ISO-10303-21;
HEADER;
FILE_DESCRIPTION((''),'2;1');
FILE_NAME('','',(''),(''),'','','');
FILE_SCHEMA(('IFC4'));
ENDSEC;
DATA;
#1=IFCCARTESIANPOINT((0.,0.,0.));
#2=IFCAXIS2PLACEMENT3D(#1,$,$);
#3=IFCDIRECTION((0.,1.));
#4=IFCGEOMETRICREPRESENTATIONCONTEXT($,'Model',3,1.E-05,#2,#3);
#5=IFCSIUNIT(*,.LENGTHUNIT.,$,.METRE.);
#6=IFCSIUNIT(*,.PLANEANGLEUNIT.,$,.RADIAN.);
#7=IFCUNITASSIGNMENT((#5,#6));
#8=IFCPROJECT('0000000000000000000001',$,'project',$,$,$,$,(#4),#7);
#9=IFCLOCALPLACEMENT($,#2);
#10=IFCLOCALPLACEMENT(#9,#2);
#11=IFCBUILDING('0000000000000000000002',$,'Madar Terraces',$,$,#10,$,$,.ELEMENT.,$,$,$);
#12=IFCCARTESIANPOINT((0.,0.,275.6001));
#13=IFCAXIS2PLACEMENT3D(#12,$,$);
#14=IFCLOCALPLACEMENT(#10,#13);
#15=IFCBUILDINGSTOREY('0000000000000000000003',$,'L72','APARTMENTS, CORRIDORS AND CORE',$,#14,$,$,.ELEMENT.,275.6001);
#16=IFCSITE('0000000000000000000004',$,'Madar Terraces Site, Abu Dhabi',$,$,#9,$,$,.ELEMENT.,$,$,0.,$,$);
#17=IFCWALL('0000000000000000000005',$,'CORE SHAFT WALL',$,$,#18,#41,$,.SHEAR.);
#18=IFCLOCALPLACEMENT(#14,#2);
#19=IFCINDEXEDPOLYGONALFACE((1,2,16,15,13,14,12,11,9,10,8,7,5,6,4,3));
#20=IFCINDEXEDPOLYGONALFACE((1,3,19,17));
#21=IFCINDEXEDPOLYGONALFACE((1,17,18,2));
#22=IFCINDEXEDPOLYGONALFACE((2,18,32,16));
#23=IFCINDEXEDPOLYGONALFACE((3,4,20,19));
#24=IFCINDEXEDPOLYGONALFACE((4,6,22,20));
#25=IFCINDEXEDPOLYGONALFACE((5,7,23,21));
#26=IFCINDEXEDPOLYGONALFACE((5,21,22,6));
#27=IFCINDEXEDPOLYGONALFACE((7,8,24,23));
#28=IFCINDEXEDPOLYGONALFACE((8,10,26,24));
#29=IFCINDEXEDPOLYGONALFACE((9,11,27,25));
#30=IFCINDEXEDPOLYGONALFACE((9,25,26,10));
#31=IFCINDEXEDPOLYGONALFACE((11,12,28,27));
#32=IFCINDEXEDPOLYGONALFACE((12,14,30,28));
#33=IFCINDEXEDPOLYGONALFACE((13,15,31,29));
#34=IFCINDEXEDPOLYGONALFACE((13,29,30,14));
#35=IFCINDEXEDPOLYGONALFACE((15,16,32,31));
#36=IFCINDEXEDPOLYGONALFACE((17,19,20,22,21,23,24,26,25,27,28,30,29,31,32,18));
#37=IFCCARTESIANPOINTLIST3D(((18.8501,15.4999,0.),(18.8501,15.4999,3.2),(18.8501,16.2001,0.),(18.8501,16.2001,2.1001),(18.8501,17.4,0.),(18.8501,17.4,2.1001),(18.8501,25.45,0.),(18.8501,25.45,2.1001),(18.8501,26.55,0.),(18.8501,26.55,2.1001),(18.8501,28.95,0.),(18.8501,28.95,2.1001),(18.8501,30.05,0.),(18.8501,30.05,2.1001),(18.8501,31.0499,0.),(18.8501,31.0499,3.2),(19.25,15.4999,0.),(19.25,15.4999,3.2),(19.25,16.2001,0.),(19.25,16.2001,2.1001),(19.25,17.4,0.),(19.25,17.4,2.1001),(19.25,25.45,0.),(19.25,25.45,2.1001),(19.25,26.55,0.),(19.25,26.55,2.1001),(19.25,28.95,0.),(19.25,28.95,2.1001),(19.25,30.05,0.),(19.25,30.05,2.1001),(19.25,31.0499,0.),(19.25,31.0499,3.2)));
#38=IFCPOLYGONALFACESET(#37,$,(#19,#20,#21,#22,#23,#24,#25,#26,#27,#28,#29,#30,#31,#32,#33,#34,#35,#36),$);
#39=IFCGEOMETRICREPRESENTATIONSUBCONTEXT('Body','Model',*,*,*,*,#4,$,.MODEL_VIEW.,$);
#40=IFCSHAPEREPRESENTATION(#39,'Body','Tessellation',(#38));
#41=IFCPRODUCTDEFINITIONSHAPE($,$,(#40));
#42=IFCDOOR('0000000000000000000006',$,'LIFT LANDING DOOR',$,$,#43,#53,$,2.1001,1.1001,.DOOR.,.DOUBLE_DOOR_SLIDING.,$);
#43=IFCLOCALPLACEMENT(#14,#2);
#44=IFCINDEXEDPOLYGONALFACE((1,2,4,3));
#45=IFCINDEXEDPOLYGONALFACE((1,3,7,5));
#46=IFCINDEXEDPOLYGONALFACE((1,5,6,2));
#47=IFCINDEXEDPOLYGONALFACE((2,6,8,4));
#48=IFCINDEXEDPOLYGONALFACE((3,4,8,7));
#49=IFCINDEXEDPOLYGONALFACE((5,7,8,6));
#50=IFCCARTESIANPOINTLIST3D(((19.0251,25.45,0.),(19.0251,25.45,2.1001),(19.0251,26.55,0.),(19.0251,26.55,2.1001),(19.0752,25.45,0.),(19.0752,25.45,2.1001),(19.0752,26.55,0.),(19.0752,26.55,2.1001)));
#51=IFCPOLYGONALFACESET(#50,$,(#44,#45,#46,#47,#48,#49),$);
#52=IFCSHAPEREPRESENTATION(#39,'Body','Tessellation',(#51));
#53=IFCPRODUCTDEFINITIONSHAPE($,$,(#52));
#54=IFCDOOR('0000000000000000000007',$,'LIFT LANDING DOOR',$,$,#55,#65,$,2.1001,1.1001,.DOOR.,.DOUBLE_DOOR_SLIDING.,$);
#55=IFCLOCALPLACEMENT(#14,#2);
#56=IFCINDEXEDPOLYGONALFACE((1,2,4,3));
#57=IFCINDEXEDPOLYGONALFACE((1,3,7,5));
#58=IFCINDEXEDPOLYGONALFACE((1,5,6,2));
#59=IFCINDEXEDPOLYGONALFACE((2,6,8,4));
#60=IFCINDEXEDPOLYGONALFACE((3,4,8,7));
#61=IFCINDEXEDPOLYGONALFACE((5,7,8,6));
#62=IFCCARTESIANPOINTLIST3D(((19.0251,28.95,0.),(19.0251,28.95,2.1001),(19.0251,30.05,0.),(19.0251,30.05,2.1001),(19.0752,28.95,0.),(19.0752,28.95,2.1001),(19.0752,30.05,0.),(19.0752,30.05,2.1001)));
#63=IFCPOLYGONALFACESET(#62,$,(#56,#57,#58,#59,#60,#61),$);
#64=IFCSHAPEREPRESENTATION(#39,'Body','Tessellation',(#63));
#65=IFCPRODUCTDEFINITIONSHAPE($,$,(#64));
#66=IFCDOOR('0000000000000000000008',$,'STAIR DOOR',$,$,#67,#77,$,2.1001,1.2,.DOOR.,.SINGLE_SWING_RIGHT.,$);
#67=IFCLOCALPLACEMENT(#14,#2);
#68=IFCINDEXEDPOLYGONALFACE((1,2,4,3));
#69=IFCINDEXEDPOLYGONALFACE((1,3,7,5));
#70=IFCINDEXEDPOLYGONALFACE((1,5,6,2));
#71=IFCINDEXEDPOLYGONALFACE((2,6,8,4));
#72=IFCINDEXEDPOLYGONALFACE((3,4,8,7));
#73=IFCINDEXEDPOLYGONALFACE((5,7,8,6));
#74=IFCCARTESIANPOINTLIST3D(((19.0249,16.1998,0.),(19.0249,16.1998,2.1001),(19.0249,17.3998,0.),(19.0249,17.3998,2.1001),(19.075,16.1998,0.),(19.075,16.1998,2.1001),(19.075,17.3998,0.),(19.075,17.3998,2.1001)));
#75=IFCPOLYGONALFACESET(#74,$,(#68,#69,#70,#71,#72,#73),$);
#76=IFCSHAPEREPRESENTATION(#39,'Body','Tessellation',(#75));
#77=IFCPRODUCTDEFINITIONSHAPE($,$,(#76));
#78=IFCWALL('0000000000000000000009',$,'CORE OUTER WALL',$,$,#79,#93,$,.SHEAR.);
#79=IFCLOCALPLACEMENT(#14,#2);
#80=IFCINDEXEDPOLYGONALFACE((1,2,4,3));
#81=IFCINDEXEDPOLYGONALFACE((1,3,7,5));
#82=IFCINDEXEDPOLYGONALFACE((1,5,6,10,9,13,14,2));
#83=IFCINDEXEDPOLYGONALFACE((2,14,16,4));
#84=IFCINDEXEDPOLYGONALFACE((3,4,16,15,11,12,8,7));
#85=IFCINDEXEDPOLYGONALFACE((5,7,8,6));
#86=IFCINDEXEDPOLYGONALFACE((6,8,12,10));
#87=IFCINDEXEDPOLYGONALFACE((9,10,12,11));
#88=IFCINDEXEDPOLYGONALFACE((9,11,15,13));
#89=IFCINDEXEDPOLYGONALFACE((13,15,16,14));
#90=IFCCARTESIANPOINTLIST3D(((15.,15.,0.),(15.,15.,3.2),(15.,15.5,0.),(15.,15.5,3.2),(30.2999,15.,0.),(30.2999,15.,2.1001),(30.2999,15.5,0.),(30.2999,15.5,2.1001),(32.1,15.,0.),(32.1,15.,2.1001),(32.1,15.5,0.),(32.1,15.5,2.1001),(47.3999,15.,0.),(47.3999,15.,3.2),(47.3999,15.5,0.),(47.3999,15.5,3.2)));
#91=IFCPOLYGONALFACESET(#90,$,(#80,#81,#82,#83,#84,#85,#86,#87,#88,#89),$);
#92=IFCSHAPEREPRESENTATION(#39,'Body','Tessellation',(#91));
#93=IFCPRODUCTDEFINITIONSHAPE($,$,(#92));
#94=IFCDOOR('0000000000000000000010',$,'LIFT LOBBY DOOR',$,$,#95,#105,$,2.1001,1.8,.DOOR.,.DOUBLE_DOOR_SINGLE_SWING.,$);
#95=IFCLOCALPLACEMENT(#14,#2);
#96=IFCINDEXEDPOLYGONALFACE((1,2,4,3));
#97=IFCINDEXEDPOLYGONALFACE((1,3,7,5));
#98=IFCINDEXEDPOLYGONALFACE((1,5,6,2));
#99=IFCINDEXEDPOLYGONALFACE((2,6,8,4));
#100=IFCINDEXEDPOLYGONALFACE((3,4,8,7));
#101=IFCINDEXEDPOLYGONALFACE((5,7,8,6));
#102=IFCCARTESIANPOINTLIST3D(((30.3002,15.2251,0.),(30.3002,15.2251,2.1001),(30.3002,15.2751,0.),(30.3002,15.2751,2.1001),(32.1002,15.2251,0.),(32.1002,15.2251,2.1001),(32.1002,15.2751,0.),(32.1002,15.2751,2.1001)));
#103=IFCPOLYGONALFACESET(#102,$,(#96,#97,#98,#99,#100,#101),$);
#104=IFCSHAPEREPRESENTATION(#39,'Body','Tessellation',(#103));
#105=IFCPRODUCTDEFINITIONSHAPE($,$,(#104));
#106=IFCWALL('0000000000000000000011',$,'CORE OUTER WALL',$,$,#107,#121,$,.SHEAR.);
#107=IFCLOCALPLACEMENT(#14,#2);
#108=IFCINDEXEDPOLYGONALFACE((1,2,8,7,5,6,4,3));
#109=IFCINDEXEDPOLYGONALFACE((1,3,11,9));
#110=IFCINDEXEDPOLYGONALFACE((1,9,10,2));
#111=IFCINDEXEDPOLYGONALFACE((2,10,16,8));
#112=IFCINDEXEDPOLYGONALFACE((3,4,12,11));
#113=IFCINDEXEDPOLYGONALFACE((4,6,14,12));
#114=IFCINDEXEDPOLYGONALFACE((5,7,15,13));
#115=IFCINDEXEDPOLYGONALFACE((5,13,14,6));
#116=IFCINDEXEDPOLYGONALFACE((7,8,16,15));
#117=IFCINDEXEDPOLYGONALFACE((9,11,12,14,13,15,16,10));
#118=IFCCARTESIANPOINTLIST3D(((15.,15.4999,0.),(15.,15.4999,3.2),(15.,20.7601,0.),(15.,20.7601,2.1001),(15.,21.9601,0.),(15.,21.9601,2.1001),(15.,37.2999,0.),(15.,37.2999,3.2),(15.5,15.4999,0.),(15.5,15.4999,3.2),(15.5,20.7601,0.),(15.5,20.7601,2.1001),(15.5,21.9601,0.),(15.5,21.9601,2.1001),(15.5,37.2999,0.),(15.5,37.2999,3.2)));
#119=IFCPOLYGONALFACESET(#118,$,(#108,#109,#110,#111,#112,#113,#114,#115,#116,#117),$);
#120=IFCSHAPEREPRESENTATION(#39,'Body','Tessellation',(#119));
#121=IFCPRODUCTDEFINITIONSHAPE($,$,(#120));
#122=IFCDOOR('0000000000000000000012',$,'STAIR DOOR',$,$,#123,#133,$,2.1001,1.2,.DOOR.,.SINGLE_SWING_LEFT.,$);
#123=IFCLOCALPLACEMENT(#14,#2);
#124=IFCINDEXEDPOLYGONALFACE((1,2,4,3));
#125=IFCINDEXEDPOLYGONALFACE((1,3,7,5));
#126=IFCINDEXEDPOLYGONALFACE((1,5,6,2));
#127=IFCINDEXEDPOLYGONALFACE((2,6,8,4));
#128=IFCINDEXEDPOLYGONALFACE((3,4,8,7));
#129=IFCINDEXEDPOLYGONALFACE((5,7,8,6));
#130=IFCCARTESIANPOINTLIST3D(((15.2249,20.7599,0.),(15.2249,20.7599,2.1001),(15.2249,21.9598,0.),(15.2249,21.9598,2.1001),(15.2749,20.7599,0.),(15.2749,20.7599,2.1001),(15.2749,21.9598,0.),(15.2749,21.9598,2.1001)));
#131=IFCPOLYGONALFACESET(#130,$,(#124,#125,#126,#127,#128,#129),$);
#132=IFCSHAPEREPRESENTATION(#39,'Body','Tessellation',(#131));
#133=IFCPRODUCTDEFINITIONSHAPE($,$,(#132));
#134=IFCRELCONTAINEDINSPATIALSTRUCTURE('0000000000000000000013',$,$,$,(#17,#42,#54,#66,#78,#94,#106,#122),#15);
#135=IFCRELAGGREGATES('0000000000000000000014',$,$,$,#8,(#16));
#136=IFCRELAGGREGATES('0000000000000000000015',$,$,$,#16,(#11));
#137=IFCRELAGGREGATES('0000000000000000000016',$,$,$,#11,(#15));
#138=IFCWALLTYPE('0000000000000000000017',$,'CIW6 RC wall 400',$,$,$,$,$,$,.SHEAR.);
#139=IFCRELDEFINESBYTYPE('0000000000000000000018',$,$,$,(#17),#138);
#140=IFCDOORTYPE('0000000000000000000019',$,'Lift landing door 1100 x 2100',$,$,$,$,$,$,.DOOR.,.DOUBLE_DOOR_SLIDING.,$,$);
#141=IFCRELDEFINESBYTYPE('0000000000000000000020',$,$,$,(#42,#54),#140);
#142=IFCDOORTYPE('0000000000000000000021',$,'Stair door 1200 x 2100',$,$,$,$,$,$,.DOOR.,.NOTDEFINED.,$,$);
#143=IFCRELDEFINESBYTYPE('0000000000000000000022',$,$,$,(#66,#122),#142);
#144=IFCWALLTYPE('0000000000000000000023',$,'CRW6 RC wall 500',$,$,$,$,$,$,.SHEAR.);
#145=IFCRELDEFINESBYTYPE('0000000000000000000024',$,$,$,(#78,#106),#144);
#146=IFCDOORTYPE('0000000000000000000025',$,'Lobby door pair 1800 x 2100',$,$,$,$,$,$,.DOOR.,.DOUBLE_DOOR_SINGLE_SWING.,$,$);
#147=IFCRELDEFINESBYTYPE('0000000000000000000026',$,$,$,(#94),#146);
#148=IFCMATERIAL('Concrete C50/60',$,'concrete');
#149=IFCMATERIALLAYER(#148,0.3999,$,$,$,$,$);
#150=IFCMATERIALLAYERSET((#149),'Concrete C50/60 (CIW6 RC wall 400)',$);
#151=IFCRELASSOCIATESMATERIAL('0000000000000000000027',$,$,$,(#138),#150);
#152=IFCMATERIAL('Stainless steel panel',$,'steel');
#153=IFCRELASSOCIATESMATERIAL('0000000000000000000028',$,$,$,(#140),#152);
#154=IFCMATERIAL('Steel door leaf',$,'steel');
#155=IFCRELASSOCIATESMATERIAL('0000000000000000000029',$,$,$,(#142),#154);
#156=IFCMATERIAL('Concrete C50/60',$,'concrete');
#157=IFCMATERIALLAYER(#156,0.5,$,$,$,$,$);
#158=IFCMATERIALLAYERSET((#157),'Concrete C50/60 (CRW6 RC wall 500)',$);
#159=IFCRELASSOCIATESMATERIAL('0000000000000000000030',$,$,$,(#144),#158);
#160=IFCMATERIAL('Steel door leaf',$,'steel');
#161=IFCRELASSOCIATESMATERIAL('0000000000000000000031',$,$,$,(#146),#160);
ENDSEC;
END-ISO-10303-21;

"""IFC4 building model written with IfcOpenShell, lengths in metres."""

from ifc_helpers import new_model, si_unit, direction, frame, frame_2d, origin, place, context, subcontext, project, spatial, rectangle, extrude, material, layer, layer_set, type_object, element, fill, save


model = new_model("IFC4")

# Units and contexts
model_context = context("Model", 3, precision=1e-05, world=origin(), true_north=direction((0.0, 1.0)))
body_context = subcontext(model_context, "Body", "Model", "MODEL_VIEW")
ifc_project = project(units=[si_unit("LENGTHUNIT", "METRE"), si_unit("PLANEANGLEUNIT", "RADIAN")], contexts=[model_context])

# Site, building, storey
site_placement = place(None, origin())
site = spatial("IfcSite", under=ifc_project, at=site_placement, Name="Madar Terraces Site, Abu Dhabi", CompositionType="ELEMENT", RefElevation=0.0)
building_placement = place(site_placement, origin())
building = spatial("IfcBuilding", under=site, at=building_placement, Name="Madar Terraces", CompositionType="ELEMENT")
storey_placement = place(building_placement, frame((0.0, 0.0, 275.6001)))
storey = spatial("IfcBuildingStorey", under=building, at=storey_placement, Name="L72", Description="APARTMENTS, CORRIDORS AND CORE", CompositionType="ELEMENT", Elevation=275.6001)

# Wall, openings, doors
ifc_material_1 = material(Name="Concrete C50/60", Category="concrete")
ifc_layer_1 = layer(ifc_material_1, 0.3999)
ifc_layer_set_1 = layer_set([ifc_layer_1], Name="Concrete C50/60 (CIW6 RC wall 400)")
wall_type_1 = type_object("IfcWallType", Name="CIW6 RC wall 400", PredefinedType="SHEAR", material=ifc_layer_set_1)
wall_1_placement = place(storey_placement, frame((19.05, 15.5, 0.0), z_axis=(0.0, 0.0, 1.0), x_axis=(0.0, 1.0, 0.0)))
wall_1 = element("IfcWall", 1, at=wall_1_placement, inside=storey, type_object=wall_type_1, Name="CORE SHAFT WALL", PredefinedType="SHEAR", context=body_context, shape_type="SweptSolid", body=[
    extrude(rectangle(XDim=15.55, YDim=0.3999, at=frame_2d((7.7749, 0.0))), origin(), (0.0, 0.0, 1.0), 3.2),
])
opening_1_placement = place(wall_1_placement, frame((9.95, 0.0, 0.0)))
opening_1 = element("IfcOpeningElement", 2, at=opening_1_placement, cuts=wall_1, PredefinedType="OPENING", context=body_context, shape_type="SweptSolid", body=[
    extrude(rectangle(XDim=1.1001, YDim=2.1001, at=frame_2d((0.55, 1.05))), frame((0.0, 0.21, 0.0), z_axis=(0.0, -1.0, 0.0), x_axis=(1.0, 0.0, 0.0)), (0.0, 0.0, 1.0), 0.4199),
])
opening_2_placement = place(wall_1_placement, frame((13.45, 0.0, 0.0)))
opening_2 = element("IfcOpeningElement", 3, at=opening_2_placement, cuts=wall_1, PredefinedType="OPENING", context=body_context, shape_type="SweptSolid", body=[
    extrude(rectangle(XDim=1.1001, YDim=2.1001, at=frame_2d((0.55, 1.05))), frame((0.0, 0.21, 0.0), z_axis=(0.0, -1.0, 0.0), x_axis=(1.0, 0.0, 0.0)), (0.0, 0.0, 1.0), 0.4199),
])
opening_3_placement = place(wall_1_placement, frame((0.7, 0.0, 0.0)))
opening_3 = element("IfcOpeningElement", 4, at=opening_3_placement, cuts=wall_1, PredefinedType="OPENING", context=body_context, shape_type="SweptSolid", body=[
    extrude(rectangle(XDim=1.2, YDim=2.1001, at=frame_2d((0.6001, 1.05))), frame((0.0, 0.21, 0.0), z_axis=(0.0, -1.0, 0.0), x_axis=(1.0, 0.0, 0.0)), (0.0, 0.0, 1.0), 0.4199),
])
ifc_material_2 = material(Name="Stainless steel panel", Category="steel")
door_type_1 = type_object("IfcDoorType", Name="Lift landing door 1100 x 2100", OperationType="DOUBLE_DOOR_SLIDING", PredefinedType="DOOR", material=ifc_material_2)
door_1_placement = place(opening_1_placement, origin())
door_1 = element("IfcDoor", 5, at=door_1_placement, inside=storey, type_object=door_type_1, Name="LIFT LANDING DOOR", OperationType="DOUBLE_DOOR_SLIDING", OverallHeight=2.1001, OverallWidth=1.1001, PredefinedType="DOOR", context=body_context, shape_type="SweptSolid", body=[
    extrude(rectangle(XDim=1.1001, YDim=2.1001, at=frame_2d((0.55, 1.05))), frame((0.0, 0.0249, 0.0), z_axis=(0.0, -1.0, 0.0), x_axis=(1.0, 0.0, 0.0)), (0.0, 0.0, 1.0), 0.05),
])
fill(opening_1, door_1)
door_2_placement = place(opening_2_placement, origin())
door_2 = element("IfcDoor", 6, at=door_2_placement, inside=storey, type_object=door_type_1, Name="LIFT LANDING DOOR", OperationType="DOUBLE_DOOR_SLIDING", OverallHeight=2.1001, OverallWidth=1.1001, PredefinedType="DOOR", context=body_context, shape_type="SweptSolid", body=[
    extrude(rectangle(XDim=1.1001, YDim=2.1001, at=frame_2d((0.55, 1.05))), frame((0.0, 0.0249, 0.0), z_axis=(0.0, -1.0, 0.0), x_axis=(1.0, 0.0, 0.0)), (0.0, 0.0, 1.0), 0.05),
])
fill(opening_2, door_2)
ifc_material_3 = material(Name="Steel door leaf", Category="steel")
door_type_2 = type_object("IfcDoorType", Name="Stair door 1200 x 2100", OperationType="NOTDEFINED", PredefinedType="DOOR", material=ifc_material_3)
door_3_placement = place(opening_3_placement, frame((1.2, 0.0, 0.0), z_axis=(0.0, 0.0, 1.0), x_axis=(-1.0, 0.0, 0.0)))
door_3 = element("IfcDoor", 7, at=door_3_placement, inside=storey, type_object=door_type_2, Name="STAIR DOOR", OperationType="SINGLE_SWING_RIGHT", OverallHeight=2.1001, OverallWidth=1.2, PredefinedType="DOOR", context=body_context, shape_type="SweptSolid", body=[
    extrude(rectangle(XDim=1.2, YDim=2.1001, at=frame_2d((0.6001, 1.05))), frame((0.0, 0.0249, 0.0), z_axis=(0.0, -1.0, 0.0), x_axis=(1.0, 0.0, 0.0)), (0.0, 0.0, 1.0), 0.05),
])
fill(opening_3, door_3)

# Walls, openings, doors
ifc_material_4 = material(Name="Concrete C50/60", Category="concrete")
ifc_layer_2 = layer(ifc_material_4, 0.5)
ifc_layer_set_2 = layer_set([ifc_layer_2], Name="Concrete C50/60 (CRW6 RC wall 500)")
wall_type_2 = type_object("IfcWallType", Name="CRW6 RC wall 500", PredefinedType="SHEAR", material=ifc_layer_set_2)
wall_2_placement = place(storey_placement, frame((15.0, 15.25, 0.0), z_axis=(0.0, 0.0, 1.0), x_axis=(1.0, 0.0, 0.0)))
wall_2 = element("IfcWall", 8, at=wall_2_placement, inside=storey, type_object=wall_type_2, Name="CORE OUTER WALL", PredefinedType="SHEAR", context=body_context, shape_type="SweptSolid", body=[
    extrude(rectangle(XDim=32.3999, YDim=0.5, at=frame_2d((16.2, 0.0))), origin(), (0.0, 0.0, 1.0), 3.2),
])
opening_4_placement = place(wall_2_placement, frame((15.3, 0.0, 0.0)))
opening_4 = element("IfcOpeningElement", 9, at=opening_4_placement, cuts=wall_2, PredefinedType="OPENING", context=body_context, shape_type="SweptSolid", body=[
    extrude(rectangle(XDim=1.8, YDim=2.1001, at=frame_2d((0.8999, 1.05))), frame((0.0, 0.26, 0.0), z_axis=(0.0, -1.0, 0.0), x_axis=(1.0, 0.0, 0.0)), (0.0, 0.0, 1.0), 0.52),
])
ifc_material_5 = material(Name="Steel door leaf", Category="steel")
door_type_3 = type_object("IfcDoorType", Name="Lobby door pair 1800 x 2100", OperationType="DOUBLE_DOOR_SINGLE_SWING", PredefinedType="DOOR", material=ifc_material_5)
door_4_placement = place(opening_4_placement, frame((1.8, 0.0, 0.0), z_axis=(0.0, 0.0, 1.0), x_axis=(-1.0, 0.0, 0.0)))
door_4 = element("IfcDoor", 10, at=door_4_placement, inside=storey, type_object=door_type_3, Name="LIFT LOBBY DOOR", OperationType="DOUBLE_DOOR_SINGLE_SWING", OverallHeight=2.1001, OverallWidth=1.8, PredefinedType="DOOR", context=body_context, shape_type="SweptSolid", body=[
    extrude(rectangle(XDim=1.8, YDim=2.1001, at=frame_2d((0.8999, 1.05))), frame((0.0, 0.0249, 0.0), z_axis=(0.0, -1.0, 0.0), x_axis=(1.0, 0.0, 0.0)), (0.0, 0.0, 1.0), 0.05),
])
fill(opening_4, door_4)
wall_3_placement = place(storey_placement, frame((15.25, 15.5, 0.0), z_axis=(0.0, 0.0, 1.0), x_axis=(0.0, 1.0, 0.0)))
wall_3 = element("IfcWall", 11, at=wall_3_placement, inside=storey, type_object=wall_type_2, Name="CORE OUTER WALL", PredefinedType="SHEAR", context=body_context, shape_type="SweptSolid", body=[
    extrude(rectangle(XDim=21.8, YDim=0.5, at=frame_2d((10.8999, 0.0))), origin(), (0.0, 0.0, 1.0), 3.2),
])
opening_5_placement = place(wall_3_placement, frame((5.26, 0.0, 0.0)))
opening_5 = element("IfcOpeningElement", 12, at=opening_5_placement, cuts=wall_3, PredefinedType="OPENING", context=body_context, shape_type="SweptSolid", body=[
    extrude(rectangle(XDim=1.2, YDim=2.1001, at=frame_2d((0.6001, 1.05))), frame((0.0, 0.26, 0.0), z_axis=(0.0, -1.0, 0.0), x_axis=(1.0, 0.0, 0.0)), (0.0, 0.0, 1.0), 0.52),
])
door_5_placement = place(opening_5_placement, frame((1.2, 0.0, 0.0), z_axis=(0.0, 0.0, 1.0), x_axis=(-1.0, 0.0, 0.0)))
door_5 = element("IfcDoor", 13, at=door_5_placement, inside=storey, type_object=door_type_2, Name="STAIR DOOR", OperationType="SINGLE_SWING_LEFT", OverallHeight=2.1001, OverallWidth=1.2, PredefinedType="DOOR", context=body_context, shape_type="SweptSolid", body=[
    extrude(rectangle(XDim=1.2, YDim=2.1001, at=frame_2d((0.6001, 1.05))), frame((0.0, 0.0249, 0.0), z_axis=(0.0, -1.0, 0.0), x_axis=(1.0, 0.0, 0.0)), (0.0, 0.0, 1.0), 0.05),
])
fill(opening_5, door_5)

save(model, "model.ifc")
